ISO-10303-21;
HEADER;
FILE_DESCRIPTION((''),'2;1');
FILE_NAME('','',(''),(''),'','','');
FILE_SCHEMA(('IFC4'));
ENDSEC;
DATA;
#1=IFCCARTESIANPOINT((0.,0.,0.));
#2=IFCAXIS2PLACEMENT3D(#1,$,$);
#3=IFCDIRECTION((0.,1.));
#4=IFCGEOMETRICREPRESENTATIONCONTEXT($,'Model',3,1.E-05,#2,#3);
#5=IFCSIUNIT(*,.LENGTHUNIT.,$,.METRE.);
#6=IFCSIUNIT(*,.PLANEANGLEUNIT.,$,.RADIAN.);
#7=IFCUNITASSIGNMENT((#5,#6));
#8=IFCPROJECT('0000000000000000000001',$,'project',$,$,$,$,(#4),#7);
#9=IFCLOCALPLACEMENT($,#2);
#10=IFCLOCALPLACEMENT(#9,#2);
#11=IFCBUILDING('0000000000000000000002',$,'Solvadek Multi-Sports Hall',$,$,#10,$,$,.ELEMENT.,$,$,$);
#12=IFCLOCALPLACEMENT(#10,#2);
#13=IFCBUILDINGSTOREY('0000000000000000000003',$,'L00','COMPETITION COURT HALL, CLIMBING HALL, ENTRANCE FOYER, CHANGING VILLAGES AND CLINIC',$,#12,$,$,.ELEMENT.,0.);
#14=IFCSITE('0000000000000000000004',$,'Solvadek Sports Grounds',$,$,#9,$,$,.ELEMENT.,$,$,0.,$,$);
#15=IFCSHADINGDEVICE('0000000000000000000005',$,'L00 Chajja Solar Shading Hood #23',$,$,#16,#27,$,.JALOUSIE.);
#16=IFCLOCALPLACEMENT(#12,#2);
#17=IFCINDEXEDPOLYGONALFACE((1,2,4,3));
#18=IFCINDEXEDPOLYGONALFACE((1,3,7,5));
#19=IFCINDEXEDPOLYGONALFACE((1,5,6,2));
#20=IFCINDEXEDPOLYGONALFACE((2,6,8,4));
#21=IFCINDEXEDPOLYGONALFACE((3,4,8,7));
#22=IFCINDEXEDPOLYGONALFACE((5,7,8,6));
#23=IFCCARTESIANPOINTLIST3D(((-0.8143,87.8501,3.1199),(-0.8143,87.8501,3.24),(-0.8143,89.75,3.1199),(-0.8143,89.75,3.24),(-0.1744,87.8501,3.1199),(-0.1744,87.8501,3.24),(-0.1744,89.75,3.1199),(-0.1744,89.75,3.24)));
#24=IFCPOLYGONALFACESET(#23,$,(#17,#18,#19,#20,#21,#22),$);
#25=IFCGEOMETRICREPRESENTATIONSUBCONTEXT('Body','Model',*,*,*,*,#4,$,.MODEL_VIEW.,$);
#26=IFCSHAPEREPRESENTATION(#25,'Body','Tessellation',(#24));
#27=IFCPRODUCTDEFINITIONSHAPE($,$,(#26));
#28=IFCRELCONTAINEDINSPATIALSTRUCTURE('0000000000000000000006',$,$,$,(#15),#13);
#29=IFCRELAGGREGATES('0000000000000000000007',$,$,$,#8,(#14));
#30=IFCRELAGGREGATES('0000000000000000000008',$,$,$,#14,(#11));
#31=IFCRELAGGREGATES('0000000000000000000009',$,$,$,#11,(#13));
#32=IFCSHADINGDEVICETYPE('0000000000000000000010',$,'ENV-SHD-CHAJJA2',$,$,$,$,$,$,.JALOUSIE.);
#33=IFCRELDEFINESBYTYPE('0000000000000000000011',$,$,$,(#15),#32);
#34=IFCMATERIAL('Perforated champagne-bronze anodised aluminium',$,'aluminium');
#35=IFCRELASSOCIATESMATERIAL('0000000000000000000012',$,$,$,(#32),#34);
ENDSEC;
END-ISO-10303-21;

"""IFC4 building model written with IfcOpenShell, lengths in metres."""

from ifc_helpers import new_model, si_unit, direction, frame, origin, origin_2d, place, context, subcontext, project, spatial, rectangle, extrude, material, type_object, element, save


model = new_model("IFC4")

# Units and contexts
model_context = context("Model", 3, precision=1e-05, world=origin(), true_north=direction((0.0, 1.0)))
body_context = subcontext(model_context, "Body", "Model", "MODEL_VIEW")
ifc_project = project(units=[si_unit("LENGTHUNIT", "METRE"), si_unit("PLANEANGLEUNIT", "RADIAN")], contexts=[model_context])

# Site, building, storey
site_placement = place(None, origin())
site = spatial("IfcSite", under=ifc_project, at=site_placement, Name="Solvadek Sports Grounds", CompositionType="ELEMENT", RefElevation=0.0)
building_placement = place(site_placement, origin())
building = spatial("IfcBuilding", under=site, at=building_placement, Name="Solvadek Multi-Sports Hall", CompositionType="ELEMENT")
storey_placement = place(building_placement, origin())
storey = spatial("IfcBuildingStorey", under=building, at=storey_placement, Name="L00", Description="COMPETITION COURT HALL, CLIMBING HALL, ENTRANCE FOYER, CHANGING VILLAGES AND CLINIC", CompositionType="ELEMENT", Elevation=0.0)

# Shading device
ifc_material_1 = material(Name="Perforated champagne-bronze anodised aluminium", Category="aluminium")
shading_device_type = type_object("IfcShadingDeviceType", Name="ENV-SHD-CHAJJA2", PredefinedType="JALOUSIE", material=ifc_material_1)
shading_device_placement = place(storey_placement, frame((-0.4944, 88.8, 3.1199), z_axis=(0.0, 0.0, 1.0), x_axis=(0.0, 1.0, 0.0)))
element("IfcShadingDevice", 1, at=shading_device_placement, inside=storey, type_object=shading_device_type, Name="L00 Chajja Solar Shading Hood #23", PredefinedType="JALOUSIE", context=body_context, shape_type="SweptSolid", body=[
    extrude(rectangle(XDim=1.8999, YDim=0.6399, at=origin_2d()), origin(), (0.0, 0.0, 1.0), 0.1201),
])

save(model, "model.ifc")
